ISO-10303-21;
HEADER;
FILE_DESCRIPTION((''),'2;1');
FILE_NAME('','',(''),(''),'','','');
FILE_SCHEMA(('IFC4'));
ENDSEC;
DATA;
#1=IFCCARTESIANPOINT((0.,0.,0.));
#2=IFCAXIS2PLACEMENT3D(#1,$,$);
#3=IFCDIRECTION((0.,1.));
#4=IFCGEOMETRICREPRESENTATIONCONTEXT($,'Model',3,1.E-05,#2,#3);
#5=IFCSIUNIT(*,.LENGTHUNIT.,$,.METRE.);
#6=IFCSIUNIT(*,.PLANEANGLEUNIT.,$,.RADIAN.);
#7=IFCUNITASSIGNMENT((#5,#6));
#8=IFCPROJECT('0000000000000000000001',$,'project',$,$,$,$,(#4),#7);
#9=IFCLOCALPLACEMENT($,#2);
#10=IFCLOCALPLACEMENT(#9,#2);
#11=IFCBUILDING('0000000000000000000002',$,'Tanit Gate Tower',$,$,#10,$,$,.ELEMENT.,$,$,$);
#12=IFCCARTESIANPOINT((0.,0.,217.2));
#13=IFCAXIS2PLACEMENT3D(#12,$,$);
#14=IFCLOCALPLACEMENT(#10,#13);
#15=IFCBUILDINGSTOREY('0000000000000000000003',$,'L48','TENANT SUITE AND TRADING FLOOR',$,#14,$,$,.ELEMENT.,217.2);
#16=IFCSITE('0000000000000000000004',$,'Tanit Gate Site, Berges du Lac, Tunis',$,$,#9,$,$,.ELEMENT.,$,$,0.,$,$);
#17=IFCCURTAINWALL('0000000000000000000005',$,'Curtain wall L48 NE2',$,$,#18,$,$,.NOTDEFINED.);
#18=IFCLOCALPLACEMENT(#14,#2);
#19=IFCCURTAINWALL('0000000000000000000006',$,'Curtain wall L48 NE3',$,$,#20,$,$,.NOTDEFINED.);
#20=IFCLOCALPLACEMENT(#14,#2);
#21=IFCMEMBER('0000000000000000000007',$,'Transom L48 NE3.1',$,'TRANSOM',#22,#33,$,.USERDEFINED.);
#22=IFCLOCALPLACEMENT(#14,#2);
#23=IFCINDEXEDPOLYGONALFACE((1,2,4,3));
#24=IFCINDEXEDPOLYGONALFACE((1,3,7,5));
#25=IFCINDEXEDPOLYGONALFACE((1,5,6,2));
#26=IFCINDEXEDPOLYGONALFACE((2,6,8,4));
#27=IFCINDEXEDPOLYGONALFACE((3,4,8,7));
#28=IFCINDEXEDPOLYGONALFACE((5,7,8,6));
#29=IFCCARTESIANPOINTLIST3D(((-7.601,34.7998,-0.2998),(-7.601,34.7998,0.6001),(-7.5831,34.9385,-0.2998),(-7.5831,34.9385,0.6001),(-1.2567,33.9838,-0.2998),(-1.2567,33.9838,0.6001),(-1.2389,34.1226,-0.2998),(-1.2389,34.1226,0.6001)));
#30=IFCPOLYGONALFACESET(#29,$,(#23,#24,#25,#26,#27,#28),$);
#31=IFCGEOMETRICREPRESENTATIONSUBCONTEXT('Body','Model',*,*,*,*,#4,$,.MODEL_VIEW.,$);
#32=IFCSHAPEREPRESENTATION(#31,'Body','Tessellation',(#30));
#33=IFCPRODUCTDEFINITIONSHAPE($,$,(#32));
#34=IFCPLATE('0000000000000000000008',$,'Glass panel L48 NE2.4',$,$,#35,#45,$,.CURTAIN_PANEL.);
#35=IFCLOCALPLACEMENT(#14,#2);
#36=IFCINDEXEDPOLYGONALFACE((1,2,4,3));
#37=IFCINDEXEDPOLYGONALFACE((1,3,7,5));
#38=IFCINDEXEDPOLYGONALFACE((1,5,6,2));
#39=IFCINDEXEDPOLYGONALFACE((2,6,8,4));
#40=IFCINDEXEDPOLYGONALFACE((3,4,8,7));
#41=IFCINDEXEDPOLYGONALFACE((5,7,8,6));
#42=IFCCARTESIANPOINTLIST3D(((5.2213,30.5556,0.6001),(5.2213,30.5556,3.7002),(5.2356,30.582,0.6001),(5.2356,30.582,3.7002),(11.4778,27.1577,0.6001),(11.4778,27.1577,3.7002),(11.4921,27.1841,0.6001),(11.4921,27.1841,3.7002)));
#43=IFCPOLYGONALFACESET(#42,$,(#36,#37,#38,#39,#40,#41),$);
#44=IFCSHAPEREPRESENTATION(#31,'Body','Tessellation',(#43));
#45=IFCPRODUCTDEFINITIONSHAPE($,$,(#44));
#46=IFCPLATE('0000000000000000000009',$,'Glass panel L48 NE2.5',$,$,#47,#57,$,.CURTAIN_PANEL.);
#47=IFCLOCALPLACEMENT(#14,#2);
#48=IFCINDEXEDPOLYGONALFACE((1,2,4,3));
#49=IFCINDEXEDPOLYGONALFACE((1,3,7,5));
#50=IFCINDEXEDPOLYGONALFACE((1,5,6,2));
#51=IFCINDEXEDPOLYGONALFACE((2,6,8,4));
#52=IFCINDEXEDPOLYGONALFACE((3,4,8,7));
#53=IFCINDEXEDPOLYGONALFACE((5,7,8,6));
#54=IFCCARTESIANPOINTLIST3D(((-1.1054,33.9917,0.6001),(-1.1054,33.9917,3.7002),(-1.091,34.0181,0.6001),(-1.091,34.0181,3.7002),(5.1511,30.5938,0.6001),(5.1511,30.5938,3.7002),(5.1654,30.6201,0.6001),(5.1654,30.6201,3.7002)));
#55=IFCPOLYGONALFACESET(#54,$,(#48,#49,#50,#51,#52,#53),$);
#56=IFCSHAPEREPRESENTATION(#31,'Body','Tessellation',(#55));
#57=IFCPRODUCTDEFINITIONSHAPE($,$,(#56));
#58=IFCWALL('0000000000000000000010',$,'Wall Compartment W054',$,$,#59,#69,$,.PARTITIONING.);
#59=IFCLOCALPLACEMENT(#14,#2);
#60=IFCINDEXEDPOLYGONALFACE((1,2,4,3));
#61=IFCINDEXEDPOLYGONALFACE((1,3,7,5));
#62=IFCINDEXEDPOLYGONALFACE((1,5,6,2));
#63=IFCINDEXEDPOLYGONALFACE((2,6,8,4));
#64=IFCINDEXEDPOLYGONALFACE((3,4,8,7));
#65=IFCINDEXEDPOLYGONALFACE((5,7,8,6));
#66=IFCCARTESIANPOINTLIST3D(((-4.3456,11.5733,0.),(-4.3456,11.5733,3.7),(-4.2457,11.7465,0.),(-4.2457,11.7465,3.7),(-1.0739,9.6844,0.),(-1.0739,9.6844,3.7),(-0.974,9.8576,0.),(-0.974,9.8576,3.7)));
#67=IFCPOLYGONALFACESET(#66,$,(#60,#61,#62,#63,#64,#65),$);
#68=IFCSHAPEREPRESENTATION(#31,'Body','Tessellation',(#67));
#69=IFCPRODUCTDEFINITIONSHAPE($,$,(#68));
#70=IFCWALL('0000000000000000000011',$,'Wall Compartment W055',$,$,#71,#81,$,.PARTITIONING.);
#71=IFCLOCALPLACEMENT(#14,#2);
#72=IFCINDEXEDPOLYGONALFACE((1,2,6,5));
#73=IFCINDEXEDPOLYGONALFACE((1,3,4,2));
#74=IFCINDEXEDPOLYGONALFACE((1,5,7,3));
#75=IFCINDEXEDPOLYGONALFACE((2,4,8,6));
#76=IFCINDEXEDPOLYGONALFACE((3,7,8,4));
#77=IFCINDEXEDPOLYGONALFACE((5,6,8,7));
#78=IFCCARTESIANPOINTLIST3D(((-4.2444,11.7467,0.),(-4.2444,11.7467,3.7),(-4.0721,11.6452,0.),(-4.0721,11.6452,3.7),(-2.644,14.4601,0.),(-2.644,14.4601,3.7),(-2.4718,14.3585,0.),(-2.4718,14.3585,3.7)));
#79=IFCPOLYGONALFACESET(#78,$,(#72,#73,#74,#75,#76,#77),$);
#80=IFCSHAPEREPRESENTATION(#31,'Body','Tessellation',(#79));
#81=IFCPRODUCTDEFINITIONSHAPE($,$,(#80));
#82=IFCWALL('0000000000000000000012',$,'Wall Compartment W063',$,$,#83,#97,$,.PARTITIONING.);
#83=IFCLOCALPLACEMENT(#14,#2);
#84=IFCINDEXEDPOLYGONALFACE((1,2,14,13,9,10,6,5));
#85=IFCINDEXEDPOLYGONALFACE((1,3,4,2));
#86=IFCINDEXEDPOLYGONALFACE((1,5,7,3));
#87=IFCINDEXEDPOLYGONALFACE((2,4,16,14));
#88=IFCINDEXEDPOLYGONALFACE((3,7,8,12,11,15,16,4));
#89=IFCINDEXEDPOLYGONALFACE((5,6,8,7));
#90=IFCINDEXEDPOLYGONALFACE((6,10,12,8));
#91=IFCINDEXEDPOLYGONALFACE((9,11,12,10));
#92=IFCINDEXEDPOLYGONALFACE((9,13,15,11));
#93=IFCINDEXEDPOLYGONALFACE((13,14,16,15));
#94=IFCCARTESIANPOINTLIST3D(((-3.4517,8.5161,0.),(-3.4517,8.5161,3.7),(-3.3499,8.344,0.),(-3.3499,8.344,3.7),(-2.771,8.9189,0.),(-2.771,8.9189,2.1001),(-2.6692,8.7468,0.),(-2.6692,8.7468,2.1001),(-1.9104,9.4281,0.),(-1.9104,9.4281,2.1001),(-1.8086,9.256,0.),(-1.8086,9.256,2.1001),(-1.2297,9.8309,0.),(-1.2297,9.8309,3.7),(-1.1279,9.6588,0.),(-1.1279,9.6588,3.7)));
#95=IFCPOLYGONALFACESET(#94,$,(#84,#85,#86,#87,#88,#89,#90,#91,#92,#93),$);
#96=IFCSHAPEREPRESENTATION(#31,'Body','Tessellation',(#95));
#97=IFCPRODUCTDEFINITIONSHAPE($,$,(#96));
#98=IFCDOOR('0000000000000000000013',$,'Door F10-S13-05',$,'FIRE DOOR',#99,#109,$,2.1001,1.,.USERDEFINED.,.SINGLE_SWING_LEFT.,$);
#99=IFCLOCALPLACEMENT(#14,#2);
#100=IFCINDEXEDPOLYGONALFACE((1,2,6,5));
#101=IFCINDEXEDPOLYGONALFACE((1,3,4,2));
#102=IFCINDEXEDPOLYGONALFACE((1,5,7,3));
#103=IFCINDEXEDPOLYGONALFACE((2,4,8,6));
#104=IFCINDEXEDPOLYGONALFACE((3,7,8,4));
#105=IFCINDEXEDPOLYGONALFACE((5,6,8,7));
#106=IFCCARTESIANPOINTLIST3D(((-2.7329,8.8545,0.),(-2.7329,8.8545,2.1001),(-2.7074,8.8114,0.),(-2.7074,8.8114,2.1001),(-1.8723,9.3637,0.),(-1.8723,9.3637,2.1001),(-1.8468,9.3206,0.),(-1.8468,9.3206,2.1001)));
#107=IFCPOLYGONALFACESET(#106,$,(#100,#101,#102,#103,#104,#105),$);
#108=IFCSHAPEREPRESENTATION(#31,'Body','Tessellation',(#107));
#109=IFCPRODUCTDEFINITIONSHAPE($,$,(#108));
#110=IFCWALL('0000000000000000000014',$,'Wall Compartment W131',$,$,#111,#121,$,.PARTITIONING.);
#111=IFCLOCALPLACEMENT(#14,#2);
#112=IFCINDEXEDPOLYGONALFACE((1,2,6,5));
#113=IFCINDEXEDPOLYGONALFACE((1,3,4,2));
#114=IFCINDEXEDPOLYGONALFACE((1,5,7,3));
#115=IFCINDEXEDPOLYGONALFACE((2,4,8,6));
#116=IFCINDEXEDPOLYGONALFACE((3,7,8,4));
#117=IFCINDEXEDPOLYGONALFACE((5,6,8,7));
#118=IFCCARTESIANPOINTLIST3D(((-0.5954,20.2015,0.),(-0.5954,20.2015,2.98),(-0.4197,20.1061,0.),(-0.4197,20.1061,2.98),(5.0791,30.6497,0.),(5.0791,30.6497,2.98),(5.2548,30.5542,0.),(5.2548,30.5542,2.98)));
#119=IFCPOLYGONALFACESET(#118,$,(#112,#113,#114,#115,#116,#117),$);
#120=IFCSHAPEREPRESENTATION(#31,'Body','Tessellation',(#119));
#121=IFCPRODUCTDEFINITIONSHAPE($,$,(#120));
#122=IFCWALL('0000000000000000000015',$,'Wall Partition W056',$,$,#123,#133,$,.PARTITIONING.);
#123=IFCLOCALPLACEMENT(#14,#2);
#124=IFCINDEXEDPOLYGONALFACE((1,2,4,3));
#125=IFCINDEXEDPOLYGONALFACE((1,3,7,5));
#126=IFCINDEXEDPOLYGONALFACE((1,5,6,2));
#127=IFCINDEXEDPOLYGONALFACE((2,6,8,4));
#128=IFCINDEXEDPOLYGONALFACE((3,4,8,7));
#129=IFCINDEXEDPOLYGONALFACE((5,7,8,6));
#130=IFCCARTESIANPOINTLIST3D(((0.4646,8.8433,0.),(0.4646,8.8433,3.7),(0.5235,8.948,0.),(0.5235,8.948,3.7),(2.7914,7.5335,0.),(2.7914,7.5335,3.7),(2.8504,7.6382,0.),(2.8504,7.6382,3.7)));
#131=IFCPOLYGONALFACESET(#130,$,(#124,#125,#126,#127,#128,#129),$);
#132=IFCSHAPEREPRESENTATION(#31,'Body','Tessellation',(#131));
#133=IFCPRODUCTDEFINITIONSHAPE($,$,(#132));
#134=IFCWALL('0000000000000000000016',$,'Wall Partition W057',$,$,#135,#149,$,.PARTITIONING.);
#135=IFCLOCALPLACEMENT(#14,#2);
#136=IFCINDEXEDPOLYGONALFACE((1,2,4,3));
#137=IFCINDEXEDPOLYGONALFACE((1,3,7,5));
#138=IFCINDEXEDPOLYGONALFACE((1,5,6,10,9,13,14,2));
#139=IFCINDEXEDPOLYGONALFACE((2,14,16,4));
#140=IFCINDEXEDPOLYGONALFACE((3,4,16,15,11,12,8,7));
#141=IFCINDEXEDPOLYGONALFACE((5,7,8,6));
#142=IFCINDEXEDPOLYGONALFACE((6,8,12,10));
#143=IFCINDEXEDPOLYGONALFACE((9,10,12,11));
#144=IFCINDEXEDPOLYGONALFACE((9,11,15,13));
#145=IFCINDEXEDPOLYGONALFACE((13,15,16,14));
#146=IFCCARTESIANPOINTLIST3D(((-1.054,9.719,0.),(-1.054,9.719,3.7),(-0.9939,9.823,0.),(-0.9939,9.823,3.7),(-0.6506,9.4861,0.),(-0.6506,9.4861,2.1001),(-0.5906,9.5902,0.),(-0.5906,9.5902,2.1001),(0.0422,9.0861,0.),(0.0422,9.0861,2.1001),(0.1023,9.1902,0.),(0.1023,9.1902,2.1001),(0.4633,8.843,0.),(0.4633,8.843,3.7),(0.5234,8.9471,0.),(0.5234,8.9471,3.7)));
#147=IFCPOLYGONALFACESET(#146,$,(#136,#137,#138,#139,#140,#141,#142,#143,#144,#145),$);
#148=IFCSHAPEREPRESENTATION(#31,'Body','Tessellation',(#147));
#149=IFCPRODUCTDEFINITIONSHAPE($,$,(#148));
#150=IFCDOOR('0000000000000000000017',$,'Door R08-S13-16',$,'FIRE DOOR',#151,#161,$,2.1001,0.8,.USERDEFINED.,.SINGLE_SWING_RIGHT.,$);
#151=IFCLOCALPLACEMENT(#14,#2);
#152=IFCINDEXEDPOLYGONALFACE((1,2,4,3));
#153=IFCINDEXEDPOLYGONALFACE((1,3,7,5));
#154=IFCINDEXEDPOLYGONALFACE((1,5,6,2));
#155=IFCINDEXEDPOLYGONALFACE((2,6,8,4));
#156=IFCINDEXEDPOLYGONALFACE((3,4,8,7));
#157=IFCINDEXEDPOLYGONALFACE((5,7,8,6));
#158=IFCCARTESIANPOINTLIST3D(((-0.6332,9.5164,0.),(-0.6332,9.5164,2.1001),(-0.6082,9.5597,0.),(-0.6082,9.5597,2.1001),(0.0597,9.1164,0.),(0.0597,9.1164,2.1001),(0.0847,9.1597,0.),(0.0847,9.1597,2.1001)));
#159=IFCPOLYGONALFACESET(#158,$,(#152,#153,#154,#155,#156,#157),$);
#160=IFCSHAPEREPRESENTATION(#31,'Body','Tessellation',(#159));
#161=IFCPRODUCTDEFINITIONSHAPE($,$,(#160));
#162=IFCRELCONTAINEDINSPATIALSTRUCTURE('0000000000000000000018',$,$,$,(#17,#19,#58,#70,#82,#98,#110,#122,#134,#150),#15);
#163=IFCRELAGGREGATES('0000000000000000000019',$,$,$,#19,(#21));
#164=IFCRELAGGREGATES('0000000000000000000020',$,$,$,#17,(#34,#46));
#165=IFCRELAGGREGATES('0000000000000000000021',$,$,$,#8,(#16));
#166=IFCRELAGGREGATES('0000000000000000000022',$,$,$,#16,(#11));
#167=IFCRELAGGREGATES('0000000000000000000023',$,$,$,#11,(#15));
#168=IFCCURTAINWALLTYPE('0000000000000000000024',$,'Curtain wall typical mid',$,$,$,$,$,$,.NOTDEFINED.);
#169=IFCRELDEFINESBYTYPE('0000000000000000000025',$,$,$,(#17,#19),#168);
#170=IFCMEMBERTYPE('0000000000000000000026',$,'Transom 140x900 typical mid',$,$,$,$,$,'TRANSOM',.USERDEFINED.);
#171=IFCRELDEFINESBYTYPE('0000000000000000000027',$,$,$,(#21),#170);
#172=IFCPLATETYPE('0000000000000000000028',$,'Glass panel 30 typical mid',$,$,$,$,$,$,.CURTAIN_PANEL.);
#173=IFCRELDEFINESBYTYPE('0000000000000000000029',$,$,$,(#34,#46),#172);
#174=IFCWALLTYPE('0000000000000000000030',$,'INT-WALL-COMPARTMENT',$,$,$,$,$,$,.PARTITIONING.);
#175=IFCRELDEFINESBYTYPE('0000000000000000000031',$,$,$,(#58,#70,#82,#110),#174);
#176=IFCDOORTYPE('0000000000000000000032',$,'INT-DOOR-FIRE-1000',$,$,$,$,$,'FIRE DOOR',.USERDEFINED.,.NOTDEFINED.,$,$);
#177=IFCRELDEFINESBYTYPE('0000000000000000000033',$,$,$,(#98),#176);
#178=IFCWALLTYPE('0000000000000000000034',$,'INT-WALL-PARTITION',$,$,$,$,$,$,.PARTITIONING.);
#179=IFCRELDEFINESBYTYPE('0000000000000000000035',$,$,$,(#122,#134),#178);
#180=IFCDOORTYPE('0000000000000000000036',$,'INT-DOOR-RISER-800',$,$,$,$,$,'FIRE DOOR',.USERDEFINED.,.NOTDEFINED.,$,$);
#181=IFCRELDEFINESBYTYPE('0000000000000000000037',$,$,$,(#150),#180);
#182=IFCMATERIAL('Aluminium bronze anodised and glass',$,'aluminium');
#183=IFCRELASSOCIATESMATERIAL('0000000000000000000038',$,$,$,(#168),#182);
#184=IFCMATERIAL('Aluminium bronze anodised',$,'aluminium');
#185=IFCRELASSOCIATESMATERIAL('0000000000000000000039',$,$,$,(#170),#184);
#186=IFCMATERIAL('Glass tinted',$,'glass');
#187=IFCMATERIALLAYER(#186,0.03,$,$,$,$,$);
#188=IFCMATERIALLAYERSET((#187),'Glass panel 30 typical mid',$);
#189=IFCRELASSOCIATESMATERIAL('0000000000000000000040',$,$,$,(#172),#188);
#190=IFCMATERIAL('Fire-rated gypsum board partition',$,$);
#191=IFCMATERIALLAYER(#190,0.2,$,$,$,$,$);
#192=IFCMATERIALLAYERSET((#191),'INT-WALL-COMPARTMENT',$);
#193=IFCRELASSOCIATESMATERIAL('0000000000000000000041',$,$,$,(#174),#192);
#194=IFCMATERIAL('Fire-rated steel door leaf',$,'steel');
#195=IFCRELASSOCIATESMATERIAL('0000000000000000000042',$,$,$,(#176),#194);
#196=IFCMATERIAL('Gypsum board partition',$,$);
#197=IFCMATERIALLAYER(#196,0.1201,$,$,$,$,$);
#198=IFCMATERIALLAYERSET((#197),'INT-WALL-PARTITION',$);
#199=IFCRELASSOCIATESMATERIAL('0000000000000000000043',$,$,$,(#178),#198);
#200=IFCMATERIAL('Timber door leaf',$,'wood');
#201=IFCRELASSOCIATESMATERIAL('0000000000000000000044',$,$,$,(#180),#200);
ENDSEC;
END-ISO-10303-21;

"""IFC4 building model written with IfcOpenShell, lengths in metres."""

from ifc_helpers import new_model, si_unit, direction, frame, frame_2d, origin, origin_2d, place, context, subcontext, project, spatial, rectangle, extrude, material, layer, layer_set, material_profile, profile_set, type_object, element, fill, aggregate, save


model = new_model("IFC4")

# Units and contexts
model_context = context("Model", 3, precision=1e-05, world=origin(), true_north=direction((0.0, 1.0)))
body_context = subcontext(model_context, "Body", "Model", "MODEL_VIEW")
ifc_project = project(units=[si_unit("LENGTHUNIT", "METRE"), si_unit("PLANEANGLEUNIT", "RADIAN")], contexts=[model_context])

# Site, building, storey
site_placement = place(None, origin())
site = spatial("IfcSite", under=ifc_project, at=site_placement, Name="Tanit Gate Site, Berges du Lac, Tunis", CompositionType="ELEMENT", RefElevation=0.0)
building_placement = place(site_placement, origin())
building = spatial("IfcBuilding", under=site, at=building_placement, Name="Tanit Gate Tower", CompositionType="ELEMENT")
storey_placement = place(building_placement, frame((0.0, 0.0, 217.2)))
storey = spatial("IfcBuildingStorey", under=building, at=storey_placement, Name="L48", Description="TENANT SUITE AND TRADING FLOOR", CompositionType="ELEMENT", Elevation=217.2)

# Curtain walls
ifc_material_1 = material(Name="Aluminium bronze anodised and glass", Category="aluminium")
curtain_wall_type = type_object("IfcCurtainWallType", Name="Curtain wall typical mid", PredefinedType="NOTDEFINED", material=ifc_material_1)
curtain_wall_1_placement = place(storey_placement, origin())
curtain_wall_1 = element("IfcCurtainWall", 1, at=curtain_wall_1_placement, inside=storey, type_object=curtain_wall_type, Name="Curtain wall L48 NE2", PredefinedType="NOTDEFINED")
curtain_wall_2_placement = place(storey_placement, origin())
curtain_wall_2 = element("IfcCurtainWall", 2, at=curtain_wall_2_placement, inside=storey, type_object=curtain_wall_type, Name="Curtain wall L48 NE3", PredefinedType="NOTDEFINED")

# Member
ifc_material_2 = material(Name="Aluminium bronze anodised", Category="aluminium")
ifc_material_profile_1 = material_profile(ifc_material_2, rectangle(XDim=0.1399, YDim=0.8999, at=origin_2d()), Name="140x900 bronze transom")
ifc_profile_set_1 = profile_set([ifc_material_profile_1], Name="Aluminium bronze anodised")
member_type_1 = type_object("IfcMemberType", Name="Transom 140x900 typical mid", ElementType="TRANSOM", PredefinedType="USERDEFINED", material=ifc_profile_set_1)
member_1_placement = place(storey_placement, frame((-1.2478, 34.0532, 0.1501), z_axis=(-0.991831, 0.127557, 0.0), x_axis=(-0.127557, -0.991831, 0.0)))
member_1 = element("IfcMember", 3, at=member_1_placement, type_object=member_type_1, Name="Transom L48 NE3.1", ObjectType="TRANSOM", PredefinedType="USERDEFINED", context=body_context, shape_type="SweptSolid", body=[
    extrude(rectangle(XDim=0.1399, YDim=0.8999, at=origin_2d()), origin(), (0.0, 0.0, 1.0), 6.3965),
])
aggregate(curtain_wall_2, [member_1])

# Plates
ifc_material_3 = material(Name="Glass tinted", Category="glass")
ifc_layer_1 = layer(ifc_material_3, 0.03)
ifc_layer_set_1 = layer_set([ifc_layer_1], Name="Glass panel 30 typical mid")
plate_type = type_object("IfcPlateType", Name="Glass panel 30 typical mid", PredefinedType="CURTAIN_PANEL", material=ifc_layer_set_1)
plate_1_placement = place(storey_placement, frame((8.3567, 28.8699, 0.6001), z_axis=(0.0, 0.0, 1.0), x_axis=(-0.878762, 0.477259, 0.0)))
plate_1 = element("IfcPlate", 4, at=plate_1_placement, type_object=plate_type, Name="Glass panel L48 NE2.4", PredefinedType="CURTAIN_PANEL", context=body_context, shape_type="SweptSolid", body=[
    extrude(rectangle(XDim=7.1196, YDim=0.03, at=origin_2d()), origin(), (0.0, 0.0, 1.0), 3.1001),
])
plate_2_placement = place(storey_placement, frame((2.03, 32.3059, 0.6001), z_axis=(0.0, 0.0, 1.0), x_axis=(-0.878762, 0.477259, 0.0)))
plate_2 = element("IfcPlate", 5, at=plate_2_placement, type_object=plate_type, Name="Glass panel L48 NE2.5", PredefinedType="CURTAIN_PANEL", context=body_context, shape_type="SweptSolid", body=[
    extrude(rectangle(XDim=7.1196, YDim=0.03, at=origin_2d()), origin(), (0.0, 0.0, 1.0), 3.1001),
])
aggregate(curtain_wall_1, [plate_1, plate_2])

# Walls
ifc_material_4 = material(Name="Fire-rated gypsum board partition")
ifc_layer_2 = layer(ifc_material_4, 0.2)
ifc_layer_set_2 = layer_set([ifc_layer_2], Name="INT-WALL-COMPARTMENT")
wall_type_1 = type_object("IfcWallType", Name="INT-WALL-COMPARTMENT", PredefinedType="PARTITIONING", material=ifc_layer_set_2)
wall_1_placement = place(storey_placement, frame((-4.2957, 11.6599, 0.0), z_axis=(0.0, 0.0, 1.0), x_axis=(0.866027, -0.499997, 0.0)))
element("IfcWall", 6, at=wall_1_placement, inside=storey, type_object=wall_type_1, Name="Wall Compartment W054", PredefinedType="PARTITIONING", context=body_context, shape_type="SweptSolid", body=[
    extrude(rectangle(XDim=3.7778, YDim=0.2, at=frame_2d((1.8889, 0.0))), origin(), (0.0, 0.0, 1.0), 3.7),
])
wall_2_placement = place(storey_placement, frame((-2.5579, 14.4094, 0.0), z_axis=(0.0, 0.0, 1.0), x_axis=(-0.508019, -0.861346, 0.0)))
element("IfcWall", 7, at=wall_2_placement, inside=storey, type_object=wall_type_1, Name="Wall Compartment W055", PredefinedType="PARTITIONING", context=body_context, shape_type="SweptSolid", body=[
    extrude(rectangle(XDim=3.1501, YDim=0.2, at=frame_2d((1.5752, 0.0))), origin(), (0.0, 0.0, 1.0), 3.7),
])

# Wall, opening, door
wall_3_placement = place(storey_placement, frame((-1.1787, 9.7449, 0.0), z_axis=(0.0, 0.0, 1.0), x_axis=(-0.860631, -0.509229, 0.0)))
wall_3 = element("IfcWall", 8, at=wall_3_placement, inside=storey, type_object=wall_type_1, Name="Wall Compartment W063", PredefinedType="PARTITIONING", context=body_context, shape_type="SweptSolid", body=[
    extrude(rectangle(XDim=2.5818, YDim=0.2, at=frame_2d((1.291, 0.0))), origin(), (0.0, 0.0, 1.0), 3.7),
])
opening_1_placement = place(wall_3_placement, frame((0.791, 0.0, 0.0)))
opening_1 = element("IfcOpeningElement", 9, at=opening_1_placement, cuts=wall_3, PredefinedType="OPENING", context=body_context, shape_type="SweptSolid", body=[
    extrude(rectangle(XDim=1.0, YDim=2.1001, at=frame_2d((0.5, 1.05))), frame((0.0, 0.1099, 0.0), z_axis=(0.0, -1.0, 0.0), x_axis=(1.0, 0.0, 0.0)), (0.0, 0.0, 1.0), 0.22),
])
ifc_material_5 = material(Name="Fire-rated steel door leaf", Category="steel")
door_type_1 = type_object("IfcDoorType", Name="INT-DOOR-FIRE-1000", ElementType="FIRE DOOR", OperationType="NOTDEFINED", PredefinedType="USERDEFINED", material=ifc_material_5)
door_1_placement = place(opening_1_placement, origin())
door_1 = element("IfcDoor", 10, at=door_1_placement, inside=storey, type_object=door_type_1, Name="Door F10-S13-05", ObjectType="FIRE DOOR", OperationType="SINGLE_SWING_LEFT", OverallHeight=2.1001, OverallWidth=1.0, PredefinedType="USERDEFINED", context=body_context, shape_type="SweptSolid", body=[
    extrude(rectangle(XDim=1.0, YDim=2.1001, at=frame_2d((0.5, 1.05))), frame((0.0, 0.0249, 0.0), z_axis=(0.0, -1.0, 0.0), x_axis=(1.0, 0.0, 0.0)), (0.0, 0.0, 1.0), 0.05),
])
fill(opening_1, door_1)

# Walls
wall_4_placement = place(storey_placement, frame((-0.5076, 20.1538, 0.0), z_axis=(0.0, 0.0, 1.0), x_axis=(0.477264, 0.87876, 0.0)))
element("IfcWall", 11, at=wall_4_placement, inside=storey, type_object=wall_type_1, Name="Wall Compartment W131", PredefinedType="PARTITIONING", context=body_context, shape_type="SweptSolid", body=[
    extrude(rectangle(XDim=11.8896, YDim=0.2, at=frame_2d((5.9448, 0.0))), origin(), (0.0, 0.0, 1.0), 2.98),
])
ifc_material_6 = material(Name="Gypsum board partition")
ifc_layer_3 = layer(ifc_material_6, 0.1201)
ifc_layer_set_3 = layer_set([ifc_layer_3], Name="INT-WALL-PARTITION")
wall_type_2 = type_object("IfcWallType", Name="INT-WALL-PARTITION", PredefinedType="PARTITIONING", material=ifc_layer_set_3)
wall_5_placement = place(storey_placement, frame((2.8208, 7.5859, 0.0), z_axis=(0.0, 0.0, 1.0), x_axis=(-0.871427, 0.490526, 0.0)))
element("IfcWall", 12, at=wall_5_placement, inside=storey, type_object=wall_type_2, Name="Wall Partition W056", PredefinedType="PARTITIONING", context=body_context, shape_type="SweptSolid", body=[
    extrude(rectangle(XDim=2.6702, YDim=0.1201, at=frame_2d((1.335, 0.0))), origin(), (0.0, 0.0, 1.0), 3.7),
])

# Wall, opening, door
wall_6_placement = place(storey_placement, frame((-1.0239, 9.771, 0.0), z_axis=(0.0, 0.0, 1.0), x_axis=(0.866039, -0.499976, 0.0)))
wall_6 = element("IfcWall", 13, at=wall_6_placement, inside=storey, type_object=wall_type_2, Name="Wall Partition W057", PredefinedType="PARTITIONING", context=body_context, shape_type="SweptSolid", body=[
    extrude(rectangle(XDim=1.752, YDim=0.1201, at=frame_2d((0.876, 0.0))), origin(), (0.0, 0.0, 1.0), 3.7),
])
opening_2_placement = place(wall_6_placement, frame((0.4658, 0.0, 0.0)))
opening_2 = element("IfcOpeningElement", 14, at=opening_2_placement, cuts=wall_6, PredefinedType="OPENING", context=body_context, shape_type="SweptSolid", body=[
    extrude(rectangle(XDim=0.8, YDim=2.1001, at=frame_2d((0.3999, 1.05))), frame((0.0, 0.0701, 0.0), z_axis=(0.0, -1.0, 0.0), x_axis=(1.0, 0.0, 0.0)), (0.0, 0.0, 1.0), 0.1401),
])
ifc_material_7 = material(Name="Timber door leaf", Category="wood")
door_type_2 = type_object("IfcDoorType", Name="INT-DOOR-RISER-800", ElementType="FIRE DOOR", OperationType="NOTDEFINED", PredefinedType="USERDEFINED", material=ifc_material_7)
door_2_placement = place(opening_2_placement, origin())
door_2 = element("IfcDoor", 15, at=door_2_placement, inside=storey, type_object=door_type_2, Name="Door R08-S13-16", ObjectType="FIRE DOOR", OperationType="SINGLE_SWING_RIGHT", OverallHeight=2.1001, OverallWidth=0.8, PredefinedType="USERDEFINED", context=body_context, shape_type="SweptSolid", body=[
    extrude(rectangle(XDim=0.8, YDim=2.1001, at=frame_2d((0.3999, 1.05))), frame((0.0, 0.0249, 0.0), z_axis=(0.0, -1.0, 0.0), x_axis=(1.0, 0.0, 0.0)), (0.0, 0.0, 1.0), 0.05),
])
fill(opening_2, door_2)

save(model, "model.ifc")
